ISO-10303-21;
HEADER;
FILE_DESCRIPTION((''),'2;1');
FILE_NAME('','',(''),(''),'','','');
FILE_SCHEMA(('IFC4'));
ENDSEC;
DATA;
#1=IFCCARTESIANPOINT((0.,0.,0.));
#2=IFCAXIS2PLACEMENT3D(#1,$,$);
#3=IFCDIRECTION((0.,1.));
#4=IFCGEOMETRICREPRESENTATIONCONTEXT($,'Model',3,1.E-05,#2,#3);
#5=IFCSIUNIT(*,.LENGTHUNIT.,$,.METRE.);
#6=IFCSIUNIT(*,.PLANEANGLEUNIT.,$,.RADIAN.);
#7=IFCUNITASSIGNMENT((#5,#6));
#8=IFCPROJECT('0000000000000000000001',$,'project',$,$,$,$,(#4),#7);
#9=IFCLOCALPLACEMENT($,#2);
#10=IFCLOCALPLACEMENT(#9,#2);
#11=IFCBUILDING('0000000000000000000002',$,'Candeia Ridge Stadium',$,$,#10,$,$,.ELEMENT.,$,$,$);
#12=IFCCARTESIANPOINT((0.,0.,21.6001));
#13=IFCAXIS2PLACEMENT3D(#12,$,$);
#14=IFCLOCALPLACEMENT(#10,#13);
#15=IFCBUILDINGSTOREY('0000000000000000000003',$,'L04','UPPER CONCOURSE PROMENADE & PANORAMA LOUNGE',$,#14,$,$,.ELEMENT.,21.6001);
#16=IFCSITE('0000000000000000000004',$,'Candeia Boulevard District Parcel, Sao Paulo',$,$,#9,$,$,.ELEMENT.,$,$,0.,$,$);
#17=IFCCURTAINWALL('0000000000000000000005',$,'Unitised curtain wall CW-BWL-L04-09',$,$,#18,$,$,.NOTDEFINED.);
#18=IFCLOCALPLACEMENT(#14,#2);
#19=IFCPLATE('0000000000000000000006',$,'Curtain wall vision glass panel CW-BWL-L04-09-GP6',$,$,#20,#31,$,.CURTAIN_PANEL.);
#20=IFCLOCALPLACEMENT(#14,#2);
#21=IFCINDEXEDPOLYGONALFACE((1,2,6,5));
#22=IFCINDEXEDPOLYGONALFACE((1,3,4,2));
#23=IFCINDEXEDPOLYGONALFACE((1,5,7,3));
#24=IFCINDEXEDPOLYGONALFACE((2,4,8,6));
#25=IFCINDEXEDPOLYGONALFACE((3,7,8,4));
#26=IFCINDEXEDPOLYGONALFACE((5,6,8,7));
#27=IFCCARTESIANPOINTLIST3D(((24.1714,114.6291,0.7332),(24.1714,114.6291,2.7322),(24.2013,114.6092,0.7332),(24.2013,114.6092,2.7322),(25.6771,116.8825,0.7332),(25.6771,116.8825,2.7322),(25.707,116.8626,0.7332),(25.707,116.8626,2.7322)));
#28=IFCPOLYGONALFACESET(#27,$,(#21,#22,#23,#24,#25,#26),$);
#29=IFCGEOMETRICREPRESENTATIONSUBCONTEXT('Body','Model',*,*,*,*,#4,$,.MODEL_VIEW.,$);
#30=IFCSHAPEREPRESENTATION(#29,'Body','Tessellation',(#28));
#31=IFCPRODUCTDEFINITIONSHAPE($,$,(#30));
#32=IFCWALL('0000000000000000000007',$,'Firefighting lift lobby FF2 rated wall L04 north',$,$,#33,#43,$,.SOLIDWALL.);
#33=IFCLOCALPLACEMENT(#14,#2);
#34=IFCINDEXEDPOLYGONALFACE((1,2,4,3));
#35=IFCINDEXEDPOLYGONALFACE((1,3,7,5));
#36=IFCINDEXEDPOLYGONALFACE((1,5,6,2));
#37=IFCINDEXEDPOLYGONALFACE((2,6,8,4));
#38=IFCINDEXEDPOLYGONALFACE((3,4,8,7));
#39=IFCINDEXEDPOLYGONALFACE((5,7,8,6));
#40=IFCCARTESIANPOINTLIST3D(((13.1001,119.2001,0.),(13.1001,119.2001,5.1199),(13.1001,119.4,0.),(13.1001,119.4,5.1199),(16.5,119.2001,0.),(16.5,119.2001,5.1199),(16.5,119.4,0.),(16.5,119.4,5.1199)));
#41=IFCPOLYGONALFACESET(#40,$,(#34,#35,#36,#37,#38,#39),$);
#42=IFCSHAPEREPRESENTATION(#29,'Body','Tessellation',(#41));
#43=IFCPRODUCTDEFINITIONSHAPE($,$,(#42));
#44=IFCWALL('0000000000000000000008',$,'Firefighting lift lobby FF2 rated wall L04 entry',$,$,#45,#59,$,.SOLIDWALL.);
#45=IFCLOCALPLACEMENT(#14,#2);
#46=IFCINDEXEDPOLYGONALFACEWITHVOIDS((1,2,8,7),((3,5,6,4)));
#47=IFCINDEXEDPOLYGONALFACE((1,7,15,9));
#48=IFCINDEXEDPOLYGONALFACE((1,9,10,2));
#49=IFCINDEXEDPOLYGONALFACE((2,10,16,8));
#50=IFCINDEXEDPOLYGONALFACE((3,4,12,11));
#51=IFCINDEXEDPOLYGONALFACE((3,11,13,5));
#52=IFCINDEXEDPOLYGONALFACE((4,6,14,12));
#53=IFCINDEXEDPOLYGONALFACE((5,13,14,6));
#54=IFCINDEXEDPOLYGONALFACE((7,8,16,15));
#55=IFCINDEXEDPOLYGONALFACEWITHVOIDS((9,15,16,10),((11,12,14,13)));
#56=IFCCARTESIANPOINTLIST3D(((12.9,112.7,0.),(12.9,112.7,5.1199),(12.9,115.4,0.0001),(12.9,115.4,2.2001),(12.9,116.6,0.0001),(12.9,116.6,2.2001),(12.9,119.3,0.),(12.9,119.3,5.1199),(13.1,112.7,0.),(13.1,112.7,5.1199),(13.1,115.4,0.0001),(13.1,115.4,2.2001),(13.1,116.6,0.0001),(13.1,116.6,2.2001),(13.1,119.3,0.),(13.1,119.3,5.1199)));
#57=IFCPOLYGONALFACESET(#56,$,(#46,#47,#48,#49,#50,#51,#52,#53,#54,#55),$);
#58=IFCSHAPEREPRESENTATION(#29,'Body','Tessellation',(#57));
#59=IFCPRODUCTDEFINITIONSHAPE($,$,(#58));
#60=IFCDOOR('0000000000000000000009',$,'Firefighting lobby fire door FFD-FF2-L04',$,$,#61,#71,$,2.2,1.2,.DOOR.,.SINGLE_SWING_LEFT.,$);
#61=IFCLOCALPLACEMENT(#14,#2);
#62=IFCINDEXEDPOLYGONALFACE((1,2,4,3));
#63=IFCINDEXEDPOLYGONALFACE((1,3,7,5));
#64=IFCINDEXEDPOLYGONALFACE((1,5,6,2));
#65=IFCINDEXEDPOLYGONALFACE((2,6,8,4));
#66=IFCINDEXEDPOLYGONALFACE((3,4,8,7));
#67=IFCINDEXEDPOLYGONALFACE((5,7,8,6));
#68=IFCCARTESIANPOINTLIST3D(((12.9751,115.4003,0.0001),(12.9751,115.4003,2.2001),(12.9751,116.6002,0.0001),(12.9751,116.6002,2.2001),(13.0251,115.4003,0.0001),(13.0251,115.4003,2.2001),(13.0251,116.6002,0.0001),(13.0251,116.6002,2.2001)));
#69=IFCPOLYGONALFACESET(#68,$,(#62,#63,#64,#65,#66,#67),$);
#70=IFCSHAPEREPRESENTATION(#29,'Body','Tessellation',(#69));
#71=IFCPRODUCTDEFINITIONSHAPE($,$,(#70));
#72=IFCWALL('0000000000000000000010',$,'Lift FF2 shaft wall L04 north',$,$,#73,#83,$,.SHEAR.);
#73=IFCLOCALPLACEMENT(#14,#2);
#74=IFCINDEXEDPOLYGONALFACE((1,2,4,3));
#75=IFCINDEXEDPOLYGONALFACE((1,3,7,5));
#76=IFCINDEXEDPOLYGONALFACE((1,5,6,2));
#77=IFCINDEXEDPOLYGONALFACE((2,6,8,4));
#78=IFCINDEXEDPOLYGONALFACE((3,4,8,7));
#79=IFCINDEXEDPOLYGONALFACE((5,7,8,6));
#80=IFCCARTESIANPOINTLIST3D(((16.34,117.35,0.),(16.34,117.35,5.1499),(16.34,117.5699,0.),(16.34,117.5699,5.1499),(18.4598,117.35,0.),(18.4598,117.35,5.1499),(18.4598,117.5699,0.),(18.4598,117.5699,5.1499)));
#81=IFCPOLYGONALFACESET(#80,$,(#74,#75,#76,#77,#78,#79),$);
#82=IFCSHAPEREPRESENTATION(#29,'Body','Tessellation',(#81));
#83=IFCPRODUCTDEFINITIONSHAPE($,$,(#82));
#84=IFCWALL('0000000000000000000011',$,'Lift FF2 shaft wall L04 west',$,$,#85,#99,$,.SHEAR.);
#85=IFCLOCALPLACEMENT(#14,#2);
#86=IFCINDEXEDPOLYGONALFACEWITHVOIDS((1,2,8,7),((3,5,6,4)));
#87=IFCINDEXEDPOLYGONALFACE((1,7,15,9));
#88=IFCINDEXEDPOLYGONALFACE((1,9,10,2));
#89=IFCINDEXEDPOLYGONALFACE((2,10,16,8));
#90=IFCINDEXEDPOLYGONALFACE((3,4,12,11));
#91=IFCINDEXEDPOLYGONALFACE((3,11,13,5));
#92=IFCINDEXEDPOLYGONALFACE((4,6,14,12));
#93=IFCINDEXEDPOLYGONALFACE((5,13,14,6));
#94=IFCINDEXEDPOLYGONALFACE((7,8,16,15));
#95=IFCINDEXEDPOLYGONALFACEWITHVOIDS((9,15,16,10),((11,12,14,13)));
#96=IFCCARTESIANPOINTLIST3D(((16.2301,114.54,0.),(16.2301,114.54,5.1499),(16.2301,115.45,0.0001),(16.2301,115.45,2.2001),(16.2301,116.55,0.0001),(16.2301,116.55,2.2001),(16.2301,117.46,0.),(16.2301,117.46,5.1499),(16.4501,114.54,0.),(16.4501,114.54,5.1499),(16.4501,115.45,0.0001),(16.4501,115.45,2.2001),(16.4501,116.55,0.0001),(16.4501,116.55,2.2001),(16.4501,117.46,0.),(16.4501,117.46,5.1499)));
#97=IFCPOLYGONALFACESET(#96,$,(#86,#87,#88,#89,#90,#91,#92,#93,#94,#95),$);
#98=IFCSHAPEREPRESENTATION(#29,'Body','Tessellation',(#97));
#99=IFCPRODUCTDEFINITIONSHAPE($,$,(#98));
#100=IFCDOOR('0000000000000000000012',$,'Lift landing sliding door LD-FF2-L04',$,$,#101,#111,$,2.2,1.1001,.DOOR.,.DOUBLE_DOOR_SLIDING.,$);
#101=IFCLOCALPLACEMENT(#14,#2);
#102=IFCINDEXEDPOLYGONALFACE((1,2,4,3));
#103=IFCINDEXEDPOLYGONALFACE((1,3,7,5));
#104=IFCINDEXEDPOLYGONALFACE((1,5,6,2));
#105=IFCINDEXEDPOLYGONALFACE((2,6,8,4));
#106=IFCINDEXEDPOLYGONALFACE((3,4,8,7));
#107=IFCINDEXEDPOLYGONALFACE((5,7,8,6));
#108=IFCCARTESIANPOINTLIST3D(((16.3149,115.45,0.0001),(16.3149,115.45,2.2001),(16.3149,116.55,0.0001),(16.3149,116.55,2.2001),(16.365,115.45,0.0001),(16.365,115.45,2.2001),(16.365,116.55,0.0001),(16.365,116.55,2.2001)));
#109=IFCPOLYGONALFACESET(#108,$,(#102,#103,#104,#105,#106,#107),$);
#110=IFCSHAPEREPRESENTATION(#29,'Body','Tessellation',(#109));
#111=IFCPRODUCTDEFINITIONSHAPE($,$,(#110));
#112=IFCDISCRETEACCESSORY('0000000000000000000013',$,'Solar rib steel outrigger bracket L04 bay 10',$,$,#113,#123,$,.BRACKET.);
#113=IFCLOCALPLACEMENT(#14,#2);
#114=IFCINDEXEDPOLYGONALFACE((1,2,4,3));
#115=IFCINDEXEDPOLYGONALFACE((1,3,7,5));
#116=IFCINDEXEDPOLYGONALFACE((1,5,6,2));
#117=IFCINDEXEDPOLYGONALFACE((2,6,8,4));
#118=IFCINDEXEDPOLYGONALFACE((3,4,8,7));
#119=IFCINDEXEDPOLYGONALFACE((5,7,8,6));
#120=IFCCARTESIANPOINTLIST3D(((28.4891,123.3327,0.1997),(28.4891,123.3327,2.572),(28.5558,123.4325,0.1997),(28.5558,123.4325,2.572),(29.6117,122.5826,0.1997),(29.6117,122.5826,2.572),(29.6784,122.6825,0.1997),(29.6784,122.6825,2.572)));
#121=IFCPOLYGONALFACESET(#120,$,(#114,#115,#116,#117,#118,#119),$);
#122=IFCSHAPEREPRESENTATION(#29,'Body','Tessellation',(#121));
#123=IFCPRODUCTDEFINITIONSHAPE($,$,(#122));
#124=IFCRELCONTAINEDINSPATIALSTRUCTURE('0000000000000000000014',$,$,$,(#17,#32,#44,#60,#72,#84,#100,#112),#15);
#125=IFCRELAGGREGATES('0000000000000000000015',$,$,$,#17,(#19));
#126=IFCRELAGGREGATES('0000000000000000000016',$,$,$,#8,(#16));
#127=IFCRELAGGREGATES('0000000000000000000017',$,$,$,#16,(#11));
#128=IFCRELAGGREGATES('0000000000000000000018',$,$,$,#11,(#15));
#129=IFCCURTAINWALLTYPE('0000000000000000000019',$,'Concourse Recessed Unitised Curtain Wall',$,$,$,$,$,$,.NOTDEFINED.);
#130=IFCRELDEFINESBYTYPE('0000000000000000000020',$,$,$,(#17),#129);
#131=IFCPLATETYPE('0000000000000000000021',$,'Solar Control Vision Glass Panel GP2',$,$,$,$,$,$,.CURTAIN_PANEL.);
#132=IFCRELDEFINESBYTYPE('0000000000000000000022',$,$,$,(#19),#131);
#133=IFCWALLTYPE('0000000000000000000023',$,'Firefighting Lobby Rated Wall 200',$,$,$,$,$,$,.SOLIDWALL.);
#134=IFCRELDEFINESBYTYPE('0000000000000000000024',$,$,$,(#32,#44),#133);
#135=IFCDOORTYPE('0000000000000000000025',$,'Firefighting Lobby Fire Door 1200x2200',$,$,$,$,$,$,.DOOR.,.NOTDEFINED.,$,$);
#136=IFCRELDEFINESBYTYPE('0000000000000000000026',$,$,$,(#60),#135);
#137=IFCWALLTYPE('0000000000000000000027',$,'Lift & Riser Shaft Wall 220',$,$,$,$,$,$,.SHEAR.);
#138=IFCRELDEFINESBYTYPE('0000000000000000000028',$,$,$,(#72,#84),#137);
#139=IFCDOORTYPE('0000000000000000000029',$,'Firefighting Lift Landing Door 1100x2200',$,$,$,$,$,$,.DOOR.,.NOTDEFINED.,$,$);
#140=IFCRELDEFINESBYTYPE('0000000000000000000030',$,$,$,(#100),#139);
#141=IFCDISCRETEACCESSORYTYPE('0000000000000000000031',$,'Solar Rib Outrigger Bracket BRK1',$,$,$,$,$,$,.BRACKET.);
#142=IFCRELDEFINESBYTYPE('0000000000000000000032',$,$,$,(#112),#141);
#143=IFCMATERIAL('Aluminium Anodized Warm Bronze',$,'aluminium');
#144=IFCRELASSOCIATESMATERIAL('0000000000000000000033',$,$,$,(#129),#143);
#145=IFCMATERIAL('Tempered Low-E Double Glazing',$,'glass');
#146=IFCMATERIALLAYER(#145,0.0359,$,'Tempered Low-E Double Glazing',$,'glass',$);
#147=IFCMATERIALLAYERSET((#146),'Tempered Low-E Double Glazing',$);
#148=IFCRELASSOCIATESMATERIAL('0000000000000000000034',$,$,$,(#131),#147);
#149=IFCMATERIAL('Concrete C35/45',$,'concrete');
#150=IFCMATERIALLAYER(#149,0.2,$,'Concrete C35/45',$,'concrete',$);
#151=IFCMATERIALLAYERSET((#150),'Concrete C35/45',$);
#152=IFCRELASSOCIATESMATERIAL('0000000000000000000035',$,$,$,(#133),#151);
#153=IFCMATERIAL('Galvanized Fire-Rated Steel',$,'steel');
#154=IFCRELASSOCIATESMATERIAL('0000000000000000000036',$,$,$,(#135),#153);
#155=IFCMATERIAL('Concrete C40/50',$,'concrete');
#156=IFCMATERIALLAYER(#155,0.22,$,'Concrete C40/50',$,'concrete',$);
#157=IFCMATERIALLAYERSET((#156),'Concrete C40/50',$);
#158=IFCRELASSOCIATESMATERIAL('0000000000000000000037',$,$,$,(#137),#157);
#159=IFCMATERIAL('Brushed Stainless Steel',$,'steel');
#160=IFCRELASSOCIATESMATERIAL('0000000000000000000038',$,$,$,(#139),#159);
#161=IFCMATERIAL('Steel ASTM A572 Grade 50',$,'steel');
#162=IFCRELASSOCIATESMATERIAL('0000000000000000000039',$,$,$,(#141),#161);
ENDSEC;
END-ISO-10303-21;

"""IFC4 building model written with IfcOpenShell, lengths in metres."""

from ifc_helpers import new_model, si_unit, direction, frame, frame_2d, origin, origin_2d, place, context, subcontext, project, spatial, rectangle, extrude, material, layer, layer_set, type_object, element, fill, aggregate, save


model = new_model("IFC4")

# Units and contexts
model_context = context("Model", 3, precision=1e-05, world=origin(), true_north=direction((0.0, 1.0)))
body_context = subcontext(model_context, "Body", "Model", "MODEL_VIEW")
ifc_project = project(units=[si_unit("LENGTHUNIT", "METRE"), si_unit("PLANEANGLEUNIT", "RADIAN")], contexts=[model_context])

# Site, building, storey
site_placement = place(None, origin())
site = spatial("IfcSite", under=ifc_project, at=site_placement, Name="Candeia Boulevard District Parcel, Sao Paulo", CompositionType="ELEMENT", RefElevation=0.0)
building_placement = place(site_placement, origin())
building = spatial("IfcBuilding", under=site, at=building_placement, Name="Candeia Ridge Stadium", CompositionType="ELEMENT")
storey_placement = place(building_placement, frame((0.0, 0.0, 21.6001)))
storey = spatial("IfcBuildingStorey", under=building, at=storey_placement, Name="L04", Description="UPPER CONCOURSE PROMENADE & PANORAMA LOUNGE", CompositionType="ELEMENT", Elevation=21.6001)

# Shared definitions
ifc_material_1 = material(Name="Concrete C40/50", Category="concrete")

# Curtain wall
ifc_material_2 = material(Name="Aluminium Anodized Warm Bronze", Category="aluminium")
curtain_wall_type = type_object("IfcCurtainWallType", Name="Concourse Recessed Unitised Curtain Wall", PredefinedType="NOTDEFINED", material=ifc_material_2)
curtain_wall_placement = place(storey_placement, origin())
curtain_wall = element("IfcCurtainWall", 1, at=curtain_wall_placement, inside=storey, type_object=curtain_wall_type, Name="Unitised curtain wall CW-BWL-L04-09", PredefinedType="NOTDEFINED")

# Shared definitions
ifc_material_3 = material(Name="Steel ASTM A572 Grade 50", Category="steel")

# Plate
ifc_material_4 = material(Name="Tempered Low-E Double Glazing", Category="glass")
ifc_layer_1 = layer(ifc_material_4, 0.0359, Name="Tempered Low-E Double Glazing", Category="glass")
ifc_layer_set_1 = layer_set([ifc_layer_1], Name="Tempered Low-E Double Glazing")
plate_type_1 = type_object("IfcPlateType", Name="Solar Control Vision Glass Panel GP2", PredefinedType="CURTAIN_PANEL", material=ifc_layer_set_1)
plate_1_placement = place(storey_placement, frame((24.9392, 115.7458, 0.7332), z_axis=(0.0, 0.0, 1.0), x_axis=(-0.555571, -0.831469, 0.0)))
plate_1 = element("IfcPlate", 2, at=plate_1_placement, type_object=plate_type_1, Name="Curtain wall vision glass panel CW-BWL-L04-09-GP6", PredefinedType="CURTAIN_PANEL", context=body_context, shape_type="SweptSolid", body=[
    extrude(rectangle(XDim=2.7102, YDim=0.0359, at=origin_2d()), origin(), (0.0, 0.0, 1.0), 1.999),
])
aggregate(curtain_wall, [plate_1])

# Wall
ifc_material_5 = material(Name="Concrete C35/45", Category="concrete")
ifc_layer_2 = layer(ifc_material_5, 0.2, Name="Concrete C35/45", Category="concrete")
ifc_layer_set_2 = layer_set([ifc_layer_2], Name="Concrete C35/45")
wall_type_1 = type_object("IfcWallType", Name="Firefighting Lobby Rated Wall 200", PredefinedType="SOLIDWALL", material=ifc_layer_set_2)
wall_1_placement = place(storey_placement, frame((16.5, 119.3, 0.0), z_axis=(0.0, 0.0, 1.0), x_axis=(-1.0, 0.0, 0.0)))
element("IfcWall", 3, at=wall_1_placement, inside=storey, type_object=wall_type_1, Name="Firefighting lift lobby FF2 rated wall L04 north", PredefinedType="SOLIDWALL", context=body_context, shape_type="SweptSolid", body=[
    extrude(rectangle(XDim=3.3999, YDim=0.2, at=frame_2d((1.7, 0.0))), origin(), (0.0, 0.0, 1.0), 5.1199),
])

# Wall, opening, door
wall_2_placement = place(storey_placement, frame((13.0, 119.3, 0.0), z_axis=(0.0, 0.0, 1.0), x_axis=(0.0, -1.0, 0.0)))
wall_2 = element("IfcWall", 4, at=wall_2_placement, inside=storey, type_object=wall_type_1, Name="Firefighting lift lobby FF2 rated wall L04 entry", PredefinedType="SOLIDWALL", context=body_context, shape_type="SweptSolid", body=[
    extrude(rectangle(XDim=6.6001, YDim=0.2, at=frame_2d((3.3, 0.0))), origin(), (0.0, 0.0, 1.0), 5.1199),
])
opening_1_placement = place(wall_2_placement, frame((2.7, 0.0, 0.0)))
opening_1 = element("IfcOpeningElement", 5, at=opening_1_placement, cuts=wall_2, PredefinedType="OPENING", context=body_context, shape_type="SweptSolid", body=[
    extrude(rectangle(XDim=1.2, YDim=2.2, at=frame_2d((0.6001, 1.1001))), frame((0.0, 0.1099, 0.0), z_axis=(0.0, -1.0, 0.0), x_axis=(1.0, 0.0, 0.0)), (0.0, 0.0, 1.0), 0.22),
])
ifc_material_6 = material(Name="Galvanized Fire-Rated Steel", Category="steel")
door_type_1 = type_object("IfcDoorType", Name="Firefighting Lobby Fire Door 1200x2200", OperationType="NOTDEFINED", PredefinedType="DOOR", material=ifc_material_6)
door_1_placement = place(opening_1_placement, frame((1.2, 0.0, 0.0), z_axis=(0.0, 0.0, 1.0), x_axis=(-1.0, 0.0, 0.0)))
door_1 = element("IfcDoor", 6, at=door_1_placement, inside=storey, type_object=door_type_1, Name="Firefighting lobby fire door FFD-FF2-L04", OperationType="SINGLE_SWING_LEFT", OverallHeight=2.2, OverallWidth=1.2, PredefinedType="DOOR", context=body_context, shape_type="SweptSolid", body=[
    extrude(rectangle(XDim=1.2, YDim=2.2, at=frame_2d((0.6001, 1.1001))), frame((0.0, 0.0249, 0.0), z_axis=(0.0, -1.0, 0.0), x_axis=(1.0, 0.0, 0.0)), (0.0, 0.0, 1.0), 0.05),
])
fill(opening_1, door_1)

# Wall
ifc_layer_3 = layer(ifc_material_1, 0.22, Name="Concrete C40/50", Category="concrete")
ifc_layer_set_3 = layer_set([ifc_layer_3], Name="Concrete C40/50")
wall_type_2 = type_object("IfcWallType", Name="Lift & Riser Shaft Wall 220", PredefinedType="SHEAR", material=ifc_layer_set_3)
wall_3_placement = place(storey_placement, frame((18.46, 117.46, 0.0), z_axis=(0.0, 0.0, 1.0), x_axis=(-1.0, 0.0, 0.0)))
element("IfcWall", 7, at=wall_3_placement, inside=storey, type_object=wall_type_2, Name="Lift FF2 shaft wall L04 north", PredefinedType="SHEAR", context=body_context, shape_type="SweptSolid", body=[
    extrude(rectangle(XDim=2.1199, YDim=0.22, at=frame_2d((1.0601, 0.0))), origin(), (0.0, 0.0, 1.0), 5.1499),
])

# Wall, opening, door
wall_4_placement = place(storey_placement, frame((16.3401, 117.46, 0.0), z_axis=(0.0, 0.0, 1.0), x_axis=(0.0, -1.0, 0.0)))
wall_4 = element("IfcWall", 8, at=wall_4_placement, inside=storey, type_object=wall_type_2, Name="Lift FF2 shaft wall L04 west", PredefinedType="SHEAR", context=body_context, shape_type="SweptSolid", body=[
    extrude(rectangle(XDim=2.9199, YDim=0.22, at=frame_2d((1.46, 0.0))), origin(), (0.0, 0.0, 1.0), 5.1499),
])
opening_2_placement = place(wall_4_placement, frame((0.9099, 0.0, 0.0)))
opening_2 = element("IfcOpeningElement", 9, at=opening_2_placement, cuts=wall_4, PredefinedType="OPENING", context=body_context, shape_type="SweptSolid", body=[
    extrude(rectangle(XDim=1.1001, YDim=2.2, at=frame_2d((0.55, 1.1001))), frame((0.0, 0.1199, 0.0), z_axis=(0.0, -1.0, 0.0), x_axis=(1.0, 0.0, 0.0)), (0.0, 0.0, 1.0), 0.24),
])
ifc_material_7 = material(Name="Brushed Stainless Steel", Category="steel")
door_type_2 = type_object("IfcDoorType", Name="Firefighting Lift Landing Door 1100x2200", OperationType="NOTDEFINED", PredefinedType="DOOR", material=ifc_material_7)
door_2_placement = place(opening_2_placement, origin())
door_2 = element("IfcDoor", 10, at=door_2_placement, inside=storey, type_object=door_type_2, Name="Lift landing sliding door LD-FF2-L04", OperationType="DOUBLE_DOOR_SLIDING", OverallHeight=2.2, OverallWidth=1.1001, PredefinedType="DOOR", context=body_context, shape_type="SweptSolid", body=[
    extrude(rectangle(XDim=1.1001, YDim=2.2, at=frame_2d((0.55, 1.1001))), frame((0.0, 0.0249, 0.0), z_axis=(0.0, -1.0, 0.0), x_axis=(1.0, 0.0, 0.0)), (0.0, 0.0, 1.0), 0.05),
])
fill(opening_2, door_2)

# Discrete accessory
discrete_accessory_type = type_object("IfcDiscreteAccessoryType", Name="Solar Rib Outrigger Bracket BRK1", PredefinedType="BRACKET", material=ifc_material_3)
discrete_accessory_placement = place(storey_placement, frame((29.0837, 123.0076, 0.1997), z_axis=(0.0, 0.0, 1.0), x_axis=(-0.83147, 0.55557, 0.0)))
element("IfcDiscreteAccessory", 11, at=discrete_accessory_placement, inside=storey, type_object=discrete_accessory_type, Name="Solar rib steel outrigger bracket L04 bay 10", PredefinedType="BRACKET", context=body_context, shape_type="SweptSolid", body=[
    extrude(rectangle(XDim=1.3501, YDim=0.1201, at=origin_2d()), origin(), (0.0, 0.0, 1.0), 2.3723),
])

save(model, "model.ifc")
